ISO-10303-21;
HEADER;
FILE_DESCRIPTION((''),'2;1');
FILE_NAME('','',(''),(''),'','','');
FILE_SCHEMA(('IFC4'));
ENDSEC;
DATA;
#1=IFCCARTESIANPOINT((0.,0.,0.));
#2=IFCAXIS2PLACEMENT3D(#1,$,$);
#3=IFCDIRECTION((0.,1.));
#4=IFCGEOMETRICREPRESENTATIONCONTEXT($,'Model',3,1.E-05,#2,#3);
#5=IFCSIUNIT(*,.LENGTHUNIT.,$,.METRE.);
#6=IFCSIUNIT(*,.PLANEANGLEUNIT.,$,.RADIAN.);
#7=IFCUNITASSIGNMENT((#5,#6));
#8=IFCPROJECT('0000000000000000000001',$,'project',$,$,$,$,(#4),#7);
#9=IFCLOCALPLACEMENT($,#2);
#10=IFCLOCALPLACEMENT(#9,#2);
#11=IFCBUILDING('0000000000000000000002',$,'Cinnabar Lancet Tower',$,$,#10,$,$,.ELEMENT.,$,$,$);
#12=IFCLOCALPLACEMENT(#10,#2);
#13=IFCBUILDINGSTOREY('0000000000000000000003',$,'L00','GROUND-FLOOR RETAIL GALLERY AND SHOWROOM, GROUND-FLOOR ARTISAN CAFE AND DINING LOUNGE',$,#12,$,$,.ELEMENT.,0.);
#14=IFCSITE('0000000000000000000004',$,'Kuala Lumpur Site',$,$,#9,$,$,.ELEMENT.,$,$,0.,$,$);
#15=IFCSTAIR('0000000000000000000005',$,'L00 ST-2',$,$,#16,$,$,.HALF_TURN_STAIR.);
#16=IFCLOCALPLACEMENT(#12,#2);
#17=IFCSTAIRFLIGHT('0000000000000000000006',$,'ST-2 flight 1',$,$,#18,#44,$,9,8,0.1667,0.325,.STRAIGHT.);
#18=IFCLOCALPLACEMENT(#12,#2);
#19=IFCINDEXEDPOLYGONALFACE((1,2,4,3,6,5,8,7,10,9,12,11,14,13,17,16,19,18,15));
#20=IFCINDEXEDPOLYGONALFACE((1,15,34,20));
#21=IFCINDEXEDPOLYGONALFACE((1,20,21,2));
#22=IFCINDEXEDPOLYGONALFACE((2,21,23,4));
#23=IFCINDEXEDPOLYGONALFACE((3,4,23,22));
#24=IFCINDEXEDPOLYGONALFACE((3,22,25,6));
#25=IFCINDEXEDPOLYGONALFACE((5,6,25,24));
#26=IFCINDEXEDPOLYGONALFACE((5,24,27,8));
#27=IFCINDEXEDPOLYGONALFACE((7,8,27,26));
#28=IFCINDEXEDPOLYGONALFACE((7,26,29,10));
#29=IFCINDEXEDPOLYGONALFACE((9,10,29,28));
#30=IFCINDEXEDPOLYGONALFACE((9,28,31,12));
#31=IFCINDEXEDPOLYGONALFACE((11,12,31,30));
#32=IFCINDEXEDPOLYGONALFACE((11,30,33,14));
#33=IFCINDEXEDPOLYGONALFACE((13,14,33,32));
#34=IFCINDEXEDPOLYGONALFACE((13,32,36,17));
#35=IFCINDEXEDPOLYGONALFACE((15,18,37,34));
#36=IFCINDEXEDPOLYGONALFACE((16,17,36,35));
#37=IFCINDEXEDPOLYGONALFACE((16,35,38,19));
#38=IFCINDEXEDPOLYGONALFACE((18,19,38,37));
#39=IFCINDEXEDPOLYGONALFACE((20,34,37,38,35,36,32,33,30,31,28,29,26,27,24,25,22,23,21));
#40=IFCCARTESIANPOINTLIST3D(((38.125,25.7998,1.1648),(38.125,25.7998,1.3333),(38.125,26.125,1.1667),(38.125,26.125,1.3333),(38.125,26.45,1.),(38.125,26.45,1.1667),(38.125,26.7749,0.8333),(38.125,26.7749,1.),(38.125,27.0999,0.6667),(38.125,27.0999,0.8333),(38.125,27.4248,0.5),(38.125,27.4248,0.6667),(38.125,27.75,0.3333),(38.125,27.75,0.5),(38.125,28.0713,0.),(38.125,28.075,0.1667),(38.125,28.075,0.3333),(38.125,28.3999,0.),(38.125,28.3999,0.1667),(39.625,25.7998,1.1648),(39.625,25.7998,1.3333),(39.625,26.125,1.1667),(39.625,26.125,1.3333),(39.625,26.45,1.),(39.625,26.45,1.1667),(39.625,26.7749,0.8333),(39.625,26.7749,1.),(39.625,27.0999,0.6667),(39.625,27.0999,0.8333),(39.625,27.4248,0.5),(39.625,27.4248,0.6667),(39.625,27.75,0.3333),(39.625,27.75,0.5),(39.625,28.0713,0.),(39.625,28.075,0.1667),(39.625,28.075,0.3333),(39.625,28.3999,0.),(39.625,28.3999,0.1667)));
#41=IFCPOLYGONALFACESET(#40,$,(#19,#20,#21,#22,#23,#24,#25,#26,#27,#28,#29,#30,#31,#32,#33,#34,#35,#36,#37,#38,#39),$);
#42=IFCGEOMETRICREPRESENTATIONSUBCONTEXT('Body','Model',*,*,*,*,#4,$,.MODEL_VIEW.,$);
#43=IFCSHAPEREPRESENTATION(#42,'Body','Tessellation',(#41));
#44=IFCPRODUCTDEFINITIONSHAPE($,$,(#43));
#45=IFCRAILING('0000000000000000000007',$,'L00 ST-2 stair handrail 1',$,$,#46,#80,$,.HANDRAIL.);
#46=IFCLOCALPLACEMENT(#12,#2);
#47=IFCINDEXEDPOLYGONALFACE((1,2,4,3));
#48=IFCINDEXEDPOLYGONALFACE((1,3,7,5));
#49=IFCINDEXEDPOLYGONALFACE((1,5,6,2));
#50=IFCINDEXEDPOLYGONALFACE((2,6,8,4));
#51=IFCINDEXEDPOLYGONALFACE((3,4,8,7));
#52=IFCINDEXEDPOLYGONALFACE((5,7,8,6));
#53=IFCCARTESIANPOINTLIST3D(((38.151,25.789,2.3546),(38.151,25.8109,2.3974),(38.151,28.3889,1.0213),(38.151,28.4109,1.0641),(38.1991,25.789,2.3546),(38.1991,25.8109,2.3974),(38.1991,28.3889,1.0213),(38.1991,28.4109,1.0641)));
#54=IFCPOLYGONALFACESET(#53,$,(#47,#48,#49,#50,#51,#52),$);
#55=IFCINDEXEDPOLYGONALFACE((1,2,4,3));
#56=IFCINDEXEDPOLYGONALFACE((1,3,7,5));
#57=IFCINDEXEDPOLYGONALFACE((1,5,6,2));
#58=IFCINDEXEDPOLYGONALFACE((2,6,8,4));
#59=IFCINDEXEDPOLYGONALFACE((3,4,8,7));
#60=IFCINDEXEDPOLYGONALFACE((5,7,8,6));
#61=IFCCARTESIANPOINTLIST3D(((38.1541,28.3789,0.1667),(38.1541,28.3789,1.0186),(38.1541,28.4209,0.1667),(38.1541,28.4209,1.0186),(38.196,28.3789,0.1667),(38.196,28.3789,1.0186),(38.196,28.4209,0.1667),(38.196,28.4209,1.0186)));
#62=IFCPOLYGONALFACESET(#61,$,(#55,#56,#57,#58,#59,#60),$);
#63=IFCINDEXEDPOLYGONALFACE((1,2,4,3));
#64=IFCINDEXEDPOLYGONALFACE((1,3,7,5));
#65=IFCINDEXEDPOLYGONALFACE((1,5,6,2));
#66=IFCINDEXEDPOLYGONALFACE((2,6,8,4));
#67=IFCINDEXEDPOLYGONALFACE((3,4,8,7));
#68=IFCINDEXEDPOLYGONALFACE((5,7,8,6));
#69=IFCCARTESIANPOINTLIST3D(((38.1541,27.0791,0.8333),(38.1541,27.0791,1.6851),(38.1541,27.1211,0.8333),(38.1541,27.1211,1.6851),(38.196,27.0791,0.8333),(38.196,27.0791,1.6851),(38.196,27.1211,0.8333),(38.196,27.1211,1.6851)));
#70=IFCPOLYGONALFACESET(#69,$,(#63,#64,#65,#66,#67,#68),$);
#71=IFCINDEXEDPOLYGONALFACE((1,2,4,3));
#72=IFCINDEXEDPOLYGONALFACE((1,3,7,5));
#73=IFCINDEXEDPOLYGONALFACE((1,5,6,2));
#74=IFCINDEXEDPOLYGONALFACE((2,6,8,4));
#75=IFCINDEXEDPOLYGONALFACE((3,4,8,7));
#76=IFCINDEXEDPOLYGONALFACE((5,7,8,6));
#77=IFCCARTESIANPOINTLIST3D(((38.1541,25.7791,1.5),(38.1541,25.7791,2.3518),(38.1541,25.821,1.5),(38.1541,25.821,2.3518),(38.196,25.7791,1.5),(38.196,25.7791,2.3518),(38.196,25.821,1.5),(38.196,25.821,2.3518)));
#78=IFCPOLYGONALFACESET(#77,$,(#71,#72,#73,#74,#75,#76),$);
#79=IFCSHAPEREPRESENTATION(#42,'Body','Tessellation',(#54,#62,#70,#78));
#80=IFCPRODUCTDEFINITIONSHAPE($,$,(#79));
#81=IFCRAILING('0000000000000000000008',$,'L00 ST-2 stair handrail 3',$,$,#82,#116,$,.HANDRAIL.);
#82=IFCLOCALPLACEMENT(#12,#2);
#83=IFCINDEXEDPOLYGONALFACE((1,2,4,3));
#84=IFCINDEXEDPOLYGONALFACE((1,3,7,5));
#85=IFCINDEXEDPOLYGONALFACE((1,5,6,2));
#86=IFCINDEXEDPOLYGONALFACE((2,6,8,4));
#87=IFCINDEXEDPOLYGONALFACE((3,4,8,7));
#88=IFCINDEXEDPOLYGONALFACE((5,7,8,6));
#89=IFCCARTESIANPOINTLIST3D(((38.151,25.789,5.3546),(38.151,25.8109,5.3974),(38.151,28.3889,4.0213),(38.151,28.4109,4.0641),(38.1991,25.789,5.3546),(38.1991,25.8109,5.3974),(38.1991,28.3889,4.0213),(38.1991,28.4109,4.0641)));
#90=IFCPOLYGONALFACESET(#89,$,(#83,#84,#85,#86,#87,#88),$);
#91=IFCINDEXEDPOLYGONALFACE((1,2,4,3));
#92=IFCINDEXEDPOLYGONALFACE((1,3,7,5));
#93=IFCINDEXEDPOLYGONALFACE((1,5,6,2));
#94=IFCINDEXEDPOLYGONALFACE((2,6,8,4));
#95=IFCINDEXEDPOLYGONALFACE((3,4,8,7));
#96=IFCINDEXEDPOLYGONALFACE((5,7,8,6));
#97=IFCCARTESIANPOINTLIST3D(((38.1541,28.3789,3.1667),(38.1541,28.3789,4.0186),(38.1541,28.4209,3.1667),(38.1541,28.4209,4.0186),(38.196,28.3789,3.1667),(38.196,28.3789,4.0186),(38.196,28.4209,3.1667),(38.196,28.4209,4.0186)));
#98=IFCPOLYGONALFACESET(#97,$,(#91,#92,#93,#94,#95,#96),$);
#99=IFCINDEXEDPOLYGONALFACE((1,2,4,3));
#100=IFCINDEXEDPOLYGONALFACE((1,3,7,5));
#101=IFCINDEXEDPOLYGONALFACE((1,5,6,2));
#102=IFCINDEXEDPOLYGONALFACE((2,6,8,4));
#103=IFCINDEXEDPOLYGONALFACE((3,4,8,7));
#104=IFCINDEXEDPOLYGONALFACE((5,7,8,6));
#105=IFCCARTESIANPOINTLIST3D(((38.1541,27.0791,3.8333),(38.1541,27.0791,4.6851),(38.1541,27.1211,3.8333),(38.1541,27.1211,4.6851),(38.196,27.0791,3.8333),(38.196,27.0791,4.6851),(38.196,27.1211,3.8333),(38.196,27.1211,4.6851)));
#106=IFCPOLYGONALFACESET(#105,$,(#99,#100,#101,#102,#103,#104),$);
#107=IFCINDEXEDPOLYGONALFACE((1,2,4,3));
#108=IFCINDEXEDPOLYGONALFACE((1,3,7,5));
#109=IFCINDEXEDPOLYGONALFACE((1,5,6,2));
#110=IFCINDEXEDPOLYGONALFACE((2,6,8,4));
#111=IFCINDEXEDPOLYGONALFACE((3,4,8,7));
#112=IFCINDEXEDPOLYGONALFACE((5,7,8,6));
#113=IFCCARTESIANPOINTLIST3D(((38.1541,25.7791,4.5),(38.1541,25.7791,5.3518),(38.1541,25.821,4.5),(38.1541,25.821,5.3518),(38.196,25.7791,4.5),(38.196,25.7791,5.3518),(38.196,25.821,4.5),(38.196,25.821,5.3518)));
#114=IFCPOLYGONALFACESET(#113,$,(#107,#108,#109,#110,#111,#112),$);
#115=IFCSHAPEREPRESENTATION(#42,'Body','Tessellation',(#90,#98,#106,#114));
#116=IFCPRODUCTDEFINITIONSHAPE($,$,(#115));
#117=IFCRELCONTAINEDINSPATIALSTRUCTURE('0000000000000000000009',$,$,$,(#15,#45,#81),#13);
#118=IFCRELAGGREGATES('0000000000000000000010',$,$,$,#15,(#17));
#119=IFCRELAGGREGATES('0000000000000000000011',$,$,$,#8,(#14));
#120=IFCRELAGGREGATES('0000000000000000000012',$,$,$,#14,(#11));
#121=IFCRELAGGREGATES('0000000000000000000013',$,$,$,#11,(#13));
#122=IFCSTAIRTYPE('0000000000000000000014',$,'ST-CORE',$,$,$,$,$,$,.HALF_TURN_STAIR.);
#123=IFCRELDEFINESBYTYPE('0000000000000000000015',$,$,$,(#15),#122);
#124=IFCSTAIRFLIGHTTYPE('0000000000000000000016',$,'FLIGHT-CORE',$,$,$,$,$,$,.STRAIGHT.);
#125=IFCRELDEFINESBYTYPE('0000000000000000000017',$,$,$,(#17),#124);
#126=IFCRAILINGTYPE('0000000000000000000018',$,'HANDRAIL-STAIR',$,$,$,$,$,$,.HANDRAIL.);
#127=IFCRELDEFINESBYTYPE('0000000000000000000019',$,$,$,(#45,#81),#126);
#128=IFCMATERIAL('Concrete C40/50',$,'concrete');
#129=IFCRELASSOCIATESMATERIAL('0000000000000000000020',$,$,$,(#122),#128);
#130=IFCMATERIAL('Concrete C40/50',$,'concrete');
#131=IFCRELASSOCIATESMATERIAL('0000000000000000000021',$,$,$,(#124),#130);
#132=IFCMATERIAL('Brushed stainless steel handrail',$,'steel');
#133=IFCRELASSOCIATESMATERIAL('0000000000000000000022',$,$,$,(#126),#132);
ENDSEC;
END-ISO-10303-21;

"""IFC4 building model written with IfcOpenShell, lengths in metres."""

from ifc_helpers import new_model, si_unit, direction, frame, origin, origin_2d, place, context, subcontext, project, spatial, polyline, rectangle, outline, extrude, material, type_object, element, aggregate, save


model = new_model("IFC4")

# Units and contexts
model_context = context("Model", 3, precision=1e-05, world=origin(), true_north=direction((0.0, 1.0)))
body_context = subcontext(model_context, "Body", "Model", "MODEL_VIEW")
ifc_project = project(units=[si_unit("LENGTHUNIT", "METRE"), si_unit("PLANEANGLEUNIT", "RADIAN")], contexts=[model_context])

# Site, building, storey
site_placement = place(None, origin())
site = spatial("IfcSite", under=ifc_project, at=site_placement, Name="Kuala Lumpur Site", CompositionType="ELEMENT", RefElevation=0.0)
building_placement = place(site_placement, origin())
building = spatial("IfcBuilding", under=site, at=building_placement, Name="Cinnabar Lancet Tower", CompositionType="ELEMENT")
storey_placement = place(building_placement, origin())
storey = spatial("IfcBuildingStorey", under=building, at=storey_placement, Name="L00", Description="GROUND-FLOOR RETAIL GALLERY AND SHOWROOM, GROUND-FLOOR ARTISAN CAFE AND DINING LOUNGE", CompositionType="ELEMENT", Elevation=0.0)

# Stair, stair flight
ifc_material_1 = material(Name="Concrete C40/50", Category="concrete")
stair_type = type_object("IfcStairType", Name="ST-CORE", PredefinedType="HALF_TURN_STAIR", material=ifc_material_1)
stair_placement = place(storey_placement, origin())
stair = element("IfcStair", 1, at=stair_placement, inside=storey, type_object=stair_type, Name="L00 ST-2", PredefinedType="HALF_TURN_STAIR")
ifc_material_2 = material(Name="Concrete C40/50", Category="concrete")
stair_flight_type = type_object("IfcStairFlightType", Name="FLIGHT-CORE", PredefinedType="STRAIGHT", material=ifc_material_2)
stair_flight_placement = place(storey_placement, frame((38.875, 28.3999, 0.0), z_axis=(0.0, 0.0, 1.0), x_axis=(0.0, -1.0, 0.0)))
stair_flight = element("IfcStairFlight", 2, at=stair_flight_placement, type_object=stair_flight_type, Name="ST-2 flight 1", NumberOfRisers=9, NumberOfTreads=8, PredefinedType="STRAIGHT", RiserHeight=0.1667, TreadLength=0.325, context=body_context, shape_type="SweptSolid", body=[
    extrude(outline(polyline([(0.0, 0.0), (0.0, 0.1667), (0.325, 0.1667), (0.325, 0.3333), (0.6499, 0.3333), (0.6499, 0.5), (0.9751, 0.5), (0.9751, 0.6667), (1.3, 0.6667), (1.3, 0.8333), (1.625, 0.8333), (1.625, 1.0), (1.95, 1.0), (1.95, 1.1667), (2.2749, 1.1667), (2.2749, 1.3333), (2.6001, 1.3333), (2.6001, 1.5), (2.6001, 1.1648), (0.3286, 0.0), (0.0, 0.0)])), frame((0.0, 0.75, 0.0), z_axis=(0.0, -1.0, 0.0), x_axis=(1.0, 0.0, 0.0)), (0.0, 0.0, 1.0), 1.5),
])
aggregate(stair, [stair_flight])

# Railings
ifc_material_3 = material(Name="Brushed stainless steel handrail", Category="steel")
railing_type = type_object("IfcRailingType", Name="HANDRAIL-STAIR", PredefinedType="HANDRAIL", material=ifc_material_3)
for number, where, name in (
    (3, (38.175, 28.3999, 0.1667), "L00 ST-2 stair handrail 1"),
    (4, (38.175, 28.3999, 3.1667), "L00 ST-2 stair handrail 3"),
):
    element("IfcRailing", number, at=place(storey_placement, frame(where)), inside=storey, type_object=railing_type, Name=name, PredefinedType="HANDRAIL", context=body_context, shape_type="SweptSolid", body=[
        extrude(rectangle(XDim=0.0481, YDim=0.0481, at=origin_2d()), frame((0.0, 0.0, 0.876), z_axis=(0.0, -0.889818, 0.456315), x_axis=(1.0, 0.0, 0.0)), (0.0, 0.0, 1.0), 2.9219),
        extrude(rectangle(XDim=0.042, YDim=0.042, at=origin_2d()), origin(), (0.0, 0.0, 1.0), 0.8518),
        extrude(rectangle(XDim=0.042, YDim=0.042, at=origin_2d()), frame((0.0, -1.2998, 0.6665)), (0.0, 0.0, 1.0), 0.8518),
        extrude(rectangle(XDim=0.042, YDim=0.042, at=origin_2d()), frame((0.0, -2.5999, 1.3333)), (0.0, 0.0, 1.0), 0.8518),
    ])

save(model, "model.ifc")
